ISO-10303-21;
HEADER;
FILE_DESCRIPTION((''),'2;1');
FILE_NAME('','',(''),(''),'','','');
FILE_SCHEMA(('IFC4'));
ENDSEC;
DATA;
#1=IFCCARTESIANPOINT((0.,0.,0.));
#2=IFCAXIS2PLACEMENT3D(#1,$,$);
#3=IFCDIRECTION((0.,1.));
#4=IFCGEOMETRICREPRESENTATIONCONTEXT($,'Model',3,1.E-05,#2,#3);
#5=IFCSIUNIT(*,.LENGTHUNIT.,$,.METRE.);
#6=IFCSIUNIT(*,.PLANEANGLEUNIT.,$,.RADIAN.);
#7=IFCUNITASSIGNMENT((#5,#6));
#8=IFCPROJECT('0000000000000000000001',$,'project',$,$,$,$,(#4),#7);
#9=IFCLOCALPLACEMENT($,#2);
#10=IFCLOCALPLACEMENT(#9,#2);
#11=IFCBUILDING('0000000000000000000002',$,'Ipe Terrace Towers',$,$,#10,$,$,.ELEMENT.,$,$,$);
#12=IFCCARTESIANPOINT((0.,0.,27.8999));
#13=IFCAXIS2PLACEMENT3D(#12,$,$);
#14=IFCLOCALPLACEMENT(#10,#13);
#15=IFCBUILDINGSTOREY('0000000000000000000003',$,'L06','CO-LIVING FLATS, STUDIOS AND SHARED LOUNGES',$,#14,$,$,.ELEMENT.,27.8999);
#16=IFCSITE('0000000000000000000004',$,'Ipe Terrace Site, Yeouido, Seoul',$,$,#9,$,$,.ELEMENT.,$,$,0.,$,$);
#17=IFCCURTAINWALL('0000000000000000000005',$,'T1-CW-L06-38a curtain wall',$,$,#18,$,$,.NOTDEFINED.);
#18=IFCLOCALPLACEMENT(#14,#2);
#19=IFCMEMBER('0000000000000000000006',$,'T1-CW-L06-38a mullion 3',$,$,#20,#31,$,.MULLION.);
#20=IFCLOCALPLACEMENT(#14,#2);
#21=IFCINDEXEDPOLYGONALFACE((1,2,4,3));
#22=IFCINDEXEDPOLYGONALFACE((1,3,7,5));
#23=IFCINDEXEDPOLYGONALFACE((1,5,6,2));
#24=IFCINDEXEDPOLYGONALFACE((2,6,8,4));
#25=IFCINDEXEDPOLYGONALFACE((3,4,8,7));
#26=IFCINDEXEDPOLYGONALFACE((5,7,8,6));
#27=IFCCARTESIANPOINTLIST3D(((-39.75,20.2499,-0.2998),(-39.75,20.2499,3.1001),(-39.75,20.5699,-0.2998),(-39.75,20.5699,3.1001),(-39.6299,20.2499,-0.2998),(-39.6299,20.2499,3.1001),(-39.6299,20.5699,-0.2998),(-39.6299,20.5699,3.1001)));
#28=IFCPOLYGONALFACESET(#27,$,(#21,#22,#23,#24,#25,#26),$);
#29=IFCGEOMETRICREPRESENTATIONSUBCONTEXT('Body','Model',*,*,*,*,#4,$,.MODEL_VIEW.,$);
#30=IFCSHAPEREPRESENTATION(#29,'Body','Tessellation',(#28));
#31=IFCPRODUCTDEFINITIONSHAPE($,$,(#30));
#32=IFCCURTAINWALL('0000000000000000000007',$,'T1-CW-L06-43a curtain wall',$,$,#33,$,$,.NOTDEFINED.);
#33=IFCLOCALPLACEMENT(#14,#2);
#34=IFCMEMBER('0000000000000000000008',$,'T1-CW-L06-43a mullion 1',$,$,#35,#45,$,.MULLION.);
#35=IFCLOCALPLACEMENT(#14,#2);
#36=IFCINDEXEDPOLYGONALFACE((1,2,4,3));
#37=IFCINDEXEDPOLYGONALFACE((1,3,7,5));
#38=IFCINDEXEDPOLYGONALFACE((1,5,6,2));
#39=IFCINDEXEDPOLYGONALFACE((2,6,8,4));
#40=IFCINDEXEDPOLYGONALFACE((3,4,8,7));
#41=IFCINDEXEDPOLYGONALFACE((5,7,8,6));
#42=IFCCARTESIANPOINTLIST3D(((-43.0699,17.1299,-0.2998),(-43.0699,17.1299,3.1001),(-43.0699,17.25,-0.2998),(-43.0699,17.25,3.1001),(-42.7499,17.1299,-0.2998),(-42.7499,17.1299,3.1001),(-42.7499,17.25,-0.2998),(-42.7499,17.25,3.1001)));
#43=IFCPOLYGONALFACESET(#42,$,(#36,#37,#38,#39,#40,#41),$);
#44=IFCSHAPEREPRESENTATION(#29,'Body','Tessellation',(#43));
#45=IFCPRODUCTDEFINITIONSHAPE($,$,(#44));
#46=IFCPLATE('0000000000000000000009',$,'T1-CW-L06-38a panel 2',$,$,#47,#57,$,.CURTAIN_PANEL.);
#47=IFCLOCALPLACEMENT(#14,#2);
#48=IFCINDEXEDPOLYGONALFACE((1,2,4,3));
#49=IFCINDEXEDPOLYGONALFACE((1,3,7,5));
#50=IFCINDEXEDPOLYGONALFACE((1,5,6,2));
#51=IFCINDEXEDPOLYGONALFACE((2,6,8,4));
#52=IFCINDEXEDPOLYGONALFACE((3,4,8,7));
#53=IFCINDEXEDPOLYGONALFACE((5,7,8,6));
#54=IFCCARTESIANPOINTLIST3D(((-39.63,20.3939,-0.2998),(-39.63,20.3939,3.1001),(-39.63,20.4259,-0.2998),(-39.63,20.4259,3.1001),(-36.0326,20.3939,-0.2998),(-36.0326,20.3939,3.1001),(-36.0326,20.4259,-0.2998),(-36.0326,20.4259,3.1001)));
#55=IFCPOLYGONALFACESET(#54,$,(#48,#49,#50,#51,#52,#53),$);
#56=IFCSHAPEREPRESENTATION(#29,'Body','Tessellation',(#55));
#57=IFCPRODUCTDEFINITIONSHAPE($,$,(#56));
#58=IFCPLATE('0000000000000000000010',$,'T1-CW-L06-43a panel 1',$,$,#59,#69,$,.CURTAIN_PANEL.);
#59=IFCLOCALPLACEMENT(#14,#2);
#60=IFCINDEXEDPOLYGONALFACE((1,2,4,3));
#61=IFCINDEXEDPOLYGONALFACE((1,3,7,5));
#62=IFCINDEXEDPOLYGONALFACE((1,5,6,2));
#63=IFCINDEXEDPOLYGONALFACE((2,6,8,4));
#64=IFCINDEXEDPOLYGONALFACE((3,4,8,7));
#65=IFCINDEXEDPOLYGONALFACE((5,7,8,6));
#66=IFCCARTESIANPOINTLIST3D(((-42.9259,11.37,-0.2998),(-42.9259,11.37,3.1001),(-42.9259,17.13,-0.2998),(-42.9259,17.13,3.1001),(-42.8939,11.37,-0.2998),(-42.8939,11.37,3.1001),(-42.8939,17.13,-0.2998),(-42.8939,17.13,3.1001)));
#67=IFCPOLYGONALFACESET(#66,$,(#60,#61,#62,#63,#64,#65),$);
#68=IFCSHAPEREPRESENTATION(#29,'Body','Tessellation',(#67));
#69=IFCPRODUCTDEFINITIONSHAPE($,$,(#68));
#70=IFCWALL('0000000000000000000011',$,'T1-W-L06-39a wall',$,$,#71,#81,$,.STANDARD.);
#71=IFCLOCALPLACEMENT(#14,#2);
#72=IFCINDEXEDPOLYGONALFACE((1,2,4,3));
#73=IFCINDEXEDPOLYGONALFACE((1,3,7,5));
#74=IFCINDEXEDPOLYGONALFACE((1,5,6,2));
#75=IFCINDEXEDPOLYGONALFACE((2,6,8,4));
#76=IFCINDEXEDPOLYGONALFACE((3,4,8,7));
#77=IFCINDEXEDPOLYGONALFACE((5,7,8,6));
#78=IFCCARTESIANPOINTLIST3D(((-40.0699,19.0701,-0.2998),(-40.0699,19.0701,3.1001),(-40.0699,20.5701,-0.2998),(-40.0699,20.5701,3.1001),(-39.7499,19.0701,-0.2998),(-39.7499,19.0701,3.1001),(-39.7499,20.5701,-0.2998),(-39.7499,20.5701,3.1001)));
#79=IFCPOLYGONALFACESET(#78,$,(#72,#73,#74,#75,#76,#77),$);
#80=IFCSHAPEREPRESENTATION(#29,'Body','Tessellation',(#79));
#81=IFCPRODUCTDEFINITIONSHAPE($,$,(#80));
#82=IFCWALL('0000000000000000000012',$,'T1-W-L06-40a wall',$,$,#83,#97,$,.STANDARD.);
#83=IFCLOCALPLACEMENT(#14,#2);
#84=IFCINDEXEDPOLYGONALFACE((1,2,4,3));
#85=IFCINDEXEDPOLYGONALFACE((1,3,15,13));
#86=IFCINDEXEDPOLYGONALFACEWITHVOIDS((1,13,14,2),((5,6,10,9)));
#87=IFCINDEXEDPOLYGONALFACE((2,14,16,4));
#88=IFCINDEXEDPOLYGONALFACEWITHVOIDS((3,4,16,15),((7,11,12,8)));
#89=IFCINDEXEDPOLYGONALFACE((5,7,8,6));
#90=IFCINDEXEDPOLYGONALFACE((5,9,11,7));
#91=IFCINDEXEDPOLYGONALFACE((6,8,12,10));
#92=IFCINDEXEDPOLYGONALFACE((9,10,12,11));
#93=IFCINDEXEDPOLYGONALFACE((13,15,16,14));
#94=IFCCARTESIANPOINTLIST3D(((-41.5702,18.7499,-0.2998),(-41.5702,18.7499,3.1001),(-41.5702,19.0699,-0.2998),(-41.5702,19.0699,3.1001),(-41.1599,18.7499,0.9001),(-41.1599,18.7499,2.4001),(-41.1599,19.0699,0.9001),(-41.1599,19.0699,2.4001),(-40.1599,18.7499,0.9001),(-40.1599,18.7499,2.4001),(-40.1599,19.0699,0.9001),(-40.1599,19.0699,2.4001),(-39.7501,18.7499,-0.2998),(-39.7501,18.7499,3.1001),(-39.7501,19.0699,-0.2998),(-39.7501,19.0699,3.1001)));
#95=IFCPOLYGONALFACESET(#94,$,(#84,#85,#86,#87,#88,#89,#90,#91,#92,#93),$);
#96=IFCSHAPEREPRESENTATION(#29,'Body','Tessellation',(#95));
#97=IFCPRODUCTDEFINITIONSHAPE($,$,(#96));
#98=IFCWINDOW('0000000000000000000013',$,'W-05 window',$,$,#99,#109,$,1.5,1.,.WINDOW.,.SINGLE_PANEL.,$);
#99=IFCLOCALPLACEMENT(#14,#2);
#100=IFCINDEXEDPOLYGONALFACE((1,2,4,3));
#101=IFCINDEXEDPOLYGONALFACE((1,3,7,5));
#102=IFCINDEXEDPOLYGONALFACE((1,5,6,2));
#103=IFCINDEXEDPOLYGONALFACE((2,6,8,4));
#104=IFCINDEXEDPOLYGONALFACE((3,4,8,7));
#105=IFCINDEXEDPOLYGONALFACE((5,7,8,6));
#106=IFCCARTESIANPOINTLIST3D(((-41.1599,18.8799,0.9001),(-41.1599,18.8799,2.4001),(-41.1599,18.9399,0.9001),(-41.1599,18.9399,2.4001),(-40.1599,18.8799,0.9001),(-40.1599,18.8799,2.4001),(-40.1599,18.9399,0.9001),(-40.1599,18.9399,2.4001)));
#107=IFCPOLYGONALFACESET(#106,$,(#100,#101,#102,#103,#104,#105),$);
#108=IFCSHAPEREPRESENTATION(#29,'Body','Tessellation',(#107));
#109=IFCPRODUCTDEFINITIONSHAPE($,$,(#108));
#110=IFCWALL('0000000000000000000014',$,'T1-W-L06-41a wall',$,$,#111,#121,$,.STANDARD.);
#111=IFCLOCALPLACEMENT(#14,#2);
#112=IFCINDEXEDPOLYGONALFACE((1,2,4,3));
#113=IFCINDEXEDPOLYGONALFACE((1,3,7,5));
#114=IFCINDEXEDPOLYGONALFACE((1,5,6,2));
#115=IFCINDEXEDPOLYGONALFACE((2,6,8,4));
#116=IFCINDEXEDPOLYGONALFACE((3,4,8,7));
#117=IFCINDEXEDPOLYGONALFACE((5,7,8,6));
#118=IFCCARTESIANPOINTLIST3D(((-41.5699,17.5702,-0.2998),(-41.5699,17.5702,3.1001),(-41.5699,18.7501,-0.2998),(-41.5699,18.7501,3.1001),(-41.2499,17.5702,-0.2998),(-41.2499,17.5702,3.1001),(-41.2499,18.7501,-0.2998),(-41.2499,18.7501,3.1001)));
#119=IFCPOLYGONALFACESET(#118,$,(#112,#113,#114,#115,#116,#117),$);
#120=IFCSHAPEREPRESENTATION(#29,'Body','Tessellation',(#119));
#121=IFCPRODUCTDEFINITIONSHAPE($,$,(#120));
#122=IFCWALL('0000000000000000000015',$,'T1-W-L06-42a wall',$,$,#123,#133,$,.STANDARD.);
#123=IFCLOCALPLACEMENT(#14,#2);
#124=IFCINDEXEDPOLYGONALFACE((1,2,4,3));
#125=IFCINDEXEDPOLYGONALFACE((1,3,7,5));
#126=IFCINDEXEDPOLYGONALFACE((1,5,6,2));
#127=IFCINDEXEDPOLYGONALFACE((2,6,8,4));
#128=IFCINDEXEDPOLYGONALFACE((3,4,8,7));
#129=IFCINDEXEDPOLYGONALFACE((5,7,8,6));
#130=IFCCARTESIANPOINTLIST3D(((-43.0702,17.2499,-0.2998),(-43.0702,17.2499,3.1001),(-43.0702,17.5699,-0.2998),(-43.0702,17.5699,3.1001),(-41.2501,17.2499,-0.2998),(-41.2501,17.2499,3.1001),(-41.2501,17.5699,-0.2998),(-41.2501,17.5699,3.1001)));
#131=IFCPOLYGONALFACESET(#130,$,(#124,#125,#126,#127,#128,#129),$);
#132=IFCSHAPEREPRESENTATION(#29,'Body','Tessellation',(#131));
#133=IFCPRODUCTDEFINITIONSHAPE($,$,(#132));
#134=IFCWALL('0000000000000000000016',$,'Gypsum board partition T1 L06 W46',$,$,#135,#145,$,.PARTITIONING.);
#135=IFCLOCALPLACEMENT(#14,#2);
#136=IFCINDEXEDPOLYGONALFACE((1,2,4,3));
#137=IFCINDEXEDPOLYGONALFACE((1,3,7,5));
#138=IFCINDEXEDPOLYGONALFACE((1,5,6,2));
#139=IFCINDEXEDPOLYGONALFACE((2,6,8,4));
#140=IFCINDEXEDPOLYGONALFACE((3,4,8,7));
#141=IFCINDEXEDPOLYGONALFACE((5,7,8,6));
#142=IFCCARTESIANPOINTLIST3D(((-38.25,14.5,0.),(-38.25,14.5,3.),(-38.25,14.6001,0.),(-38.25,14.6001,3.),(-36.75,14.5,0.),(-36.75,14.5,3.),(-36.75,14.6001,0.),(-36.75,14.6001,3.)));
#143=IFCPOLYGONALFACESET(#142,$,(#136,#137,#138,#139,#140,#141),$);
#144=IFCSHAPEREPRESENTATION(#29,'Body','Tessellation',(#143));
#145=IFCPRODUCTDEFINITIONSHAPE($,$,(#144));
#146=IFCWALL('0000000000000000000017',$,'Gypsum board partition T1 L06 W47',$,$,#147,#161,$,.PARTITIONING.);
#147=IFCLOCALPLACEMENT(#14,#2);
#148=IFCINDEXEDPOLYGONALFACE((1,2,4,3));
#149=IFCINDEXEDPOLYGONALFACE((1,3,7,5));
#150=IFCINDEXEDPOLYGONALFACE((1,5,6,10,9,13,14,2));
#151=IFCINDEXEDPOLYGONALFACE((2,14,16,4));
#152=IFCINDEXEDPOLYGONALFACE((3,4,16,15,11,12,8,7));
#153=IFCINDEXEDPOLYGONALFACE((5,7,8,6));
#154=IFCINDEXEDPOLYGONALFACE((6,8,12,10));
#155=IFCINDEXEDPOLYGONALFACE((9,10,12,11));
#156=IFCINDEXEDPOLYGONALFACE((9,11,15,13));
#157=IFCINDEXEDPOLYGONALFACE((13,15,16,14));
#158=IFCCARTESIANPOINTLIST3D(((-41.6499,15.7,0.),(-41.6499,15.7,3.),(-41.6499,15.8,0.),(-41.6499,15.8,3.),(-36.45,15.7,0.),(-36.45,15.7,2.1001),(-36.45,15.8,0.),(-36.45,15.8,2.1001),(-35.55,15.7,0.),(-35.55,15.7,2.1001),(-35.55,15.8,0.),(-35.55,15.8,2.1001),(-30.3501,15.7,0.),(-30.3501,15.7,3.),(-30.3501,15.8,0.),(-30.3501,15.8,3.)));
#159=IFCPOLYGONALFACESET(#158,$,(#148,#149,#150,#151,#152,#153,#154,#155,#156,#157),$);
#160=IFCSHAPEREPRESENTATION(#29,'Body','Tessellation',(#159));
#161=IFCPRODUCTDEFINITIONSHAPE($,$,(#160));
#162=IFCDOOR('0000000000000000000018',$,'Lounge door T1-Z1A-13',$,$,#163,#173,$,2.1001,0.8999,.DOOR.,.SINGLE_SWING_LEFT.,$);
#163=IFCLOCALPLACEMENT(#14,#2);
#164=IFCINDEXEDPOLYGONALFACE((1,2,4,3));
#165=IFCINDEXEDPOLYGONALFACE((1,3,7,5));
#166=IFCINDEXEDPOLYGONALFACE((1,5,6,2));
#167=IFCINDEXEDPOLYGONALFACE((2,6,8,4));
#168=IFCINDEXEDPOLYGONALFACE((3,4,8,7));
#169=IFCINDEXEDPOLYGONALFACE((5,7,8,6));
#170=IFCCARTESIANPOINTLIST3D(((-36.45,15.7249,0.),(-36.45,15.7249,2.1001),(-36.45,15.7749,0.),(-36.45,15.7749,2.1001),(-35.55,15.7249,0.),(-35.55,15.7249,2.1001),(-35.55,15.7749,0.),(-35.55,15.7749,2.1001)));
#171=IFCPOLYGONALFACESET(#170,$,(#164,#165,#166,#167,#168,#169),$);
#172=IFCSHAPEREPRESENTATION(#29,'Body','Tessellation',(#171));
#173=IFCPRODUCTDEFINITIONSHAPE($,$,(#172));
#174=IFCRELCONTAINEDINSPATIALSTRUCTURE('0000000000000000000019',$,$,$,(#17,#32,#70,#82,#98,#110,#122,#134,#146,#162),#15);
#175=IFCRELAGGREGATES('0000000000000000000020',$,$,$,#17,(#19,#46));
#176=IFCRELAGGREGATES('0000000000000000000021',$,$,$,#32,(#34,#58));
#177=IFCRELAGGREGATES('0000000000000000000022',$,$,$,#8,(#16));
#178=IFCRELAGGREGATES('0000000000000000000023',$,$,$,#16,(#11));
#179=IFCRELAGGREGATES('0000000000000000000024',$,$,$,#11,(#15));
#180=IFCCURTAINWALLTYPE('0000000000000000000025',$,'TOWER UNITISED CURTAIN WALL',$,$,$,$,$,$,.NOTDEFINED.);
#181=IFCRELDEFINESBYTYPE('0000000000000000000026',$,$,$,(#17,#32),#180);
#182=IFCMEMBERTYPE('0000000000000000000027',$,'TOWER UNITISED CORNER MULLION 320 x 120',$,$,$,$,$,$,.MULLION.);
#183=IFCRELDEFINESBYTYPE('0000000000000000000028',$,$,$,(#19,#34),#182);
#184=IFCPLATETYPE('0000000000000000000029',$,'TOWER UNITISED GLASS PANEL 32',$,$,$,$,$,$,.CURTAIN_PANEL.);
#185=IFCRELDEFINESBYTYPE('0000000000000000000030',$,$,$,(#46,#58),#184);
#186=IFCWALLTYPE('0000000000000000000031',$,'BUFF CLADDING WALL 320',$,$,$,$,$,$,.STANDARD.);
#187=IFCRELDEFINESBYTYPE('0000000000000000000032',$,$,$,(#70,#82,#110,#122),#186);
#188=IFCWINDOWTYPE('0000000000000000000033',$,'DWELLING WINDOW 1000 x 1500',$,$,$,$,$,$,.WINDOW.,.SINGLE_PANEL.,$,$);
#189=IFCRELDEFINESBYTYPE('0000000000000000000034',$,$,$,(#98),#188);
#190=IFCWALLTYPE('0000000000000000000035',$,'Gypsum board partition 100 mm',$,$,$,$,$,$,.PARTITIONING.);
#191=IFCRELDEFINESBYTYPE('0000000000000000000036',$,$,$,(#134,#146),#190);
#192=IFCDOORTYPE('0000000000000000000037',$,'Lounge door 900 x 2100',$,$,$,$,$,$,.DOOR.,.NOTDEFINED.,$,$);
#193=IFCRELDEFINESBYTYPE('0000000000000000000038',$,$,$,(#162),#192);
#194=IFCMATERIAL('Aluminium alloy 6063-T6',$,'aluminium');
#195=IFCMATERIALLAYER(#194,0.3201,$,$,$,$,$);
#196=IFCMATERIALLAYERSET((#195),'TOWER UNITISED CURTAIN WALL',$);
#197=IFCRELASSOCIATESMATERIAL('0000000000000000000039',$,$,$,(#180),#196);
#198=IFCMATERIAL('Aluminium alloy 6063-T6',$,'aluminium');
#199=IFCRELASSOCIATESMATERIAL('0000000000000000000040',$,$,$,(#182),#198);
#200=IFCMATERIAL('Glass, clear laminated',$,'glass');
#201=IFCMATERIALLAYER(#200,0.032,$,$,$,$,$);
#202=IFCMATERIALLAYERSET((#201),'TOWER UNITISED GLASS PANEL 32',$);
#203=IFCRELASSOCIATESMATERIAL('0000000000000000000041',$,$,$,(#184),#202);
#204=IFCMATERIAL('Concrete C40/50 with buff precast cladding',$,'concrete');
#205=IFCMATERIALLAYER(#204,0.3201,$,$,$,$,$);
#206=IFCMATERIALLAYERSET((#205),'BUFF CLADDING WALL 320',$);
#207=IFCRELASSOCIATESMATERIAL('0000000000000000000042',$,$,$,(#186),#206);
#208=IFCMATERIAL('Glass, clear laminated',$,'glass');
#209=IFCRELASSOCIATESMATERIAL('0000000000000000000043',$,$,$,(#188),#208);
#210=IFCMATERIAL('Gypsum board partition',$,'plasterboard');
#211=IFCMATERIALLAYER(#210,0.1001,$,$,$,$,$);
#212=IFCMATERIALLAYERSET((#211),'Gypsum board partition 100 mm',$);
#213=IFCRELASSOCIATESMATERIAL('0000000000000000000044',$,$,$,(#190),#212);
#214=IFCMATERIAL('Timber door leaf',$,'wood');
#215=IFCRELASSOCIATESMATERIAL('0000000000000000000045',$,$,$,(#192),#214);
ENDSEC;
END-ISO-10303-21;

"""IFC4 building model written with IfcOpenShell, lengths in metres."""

from ifc_helpers import new_model, si_unit, direction, frame, frame_2d, origin, origin_2d, place, context, subcontext, project, spatial, rectangle, extrude, material, layer, layer_set, material_profile, profile_set, type_object, element, fill, aggregate, save


model = new_model("IFC4")

# Units and contexts
model_context = context("Model", 3, precision=1e-05, world=origin(), true_north=direction((0.0, 1.0)))
body_context = subcontext(model_context, "Body", "Model", "MODEL_VIEW")
ifc_project = project(units=[si_unit("LENGTHUNIT", "METRE"), si_unit("PLANEANGLEUNIT", "RADIAN")], contexts=[model_context])

# Site, building, storey
site_placement = place(None, origin())
site = spatial("IfcSite", under=ifc_project, at=site_placement, Name="Ipe Terrace Site, Yeouido, Seoul", CompositionType="ELEMENT", RefElevation=0.0)
building_placement = place(site_placement, origin())
building = spatial("IfcBuilding", under=site, at=building_placement, Name="Ipe Terrace Towers", CompositionType="ELEMENT")
storey_placement = place(building_placement, frame((0.0, 0.0, 27.8999)))
storey = spatial("IfcBuildingStorey", under=building, at=storey_placement, Name="L06", Description="CO-LIVING FLATS, STUDIOS AND SHARED LOUNGES", CompositionType="ELEMENT", Elevation=27.8999)

# Curtain walls, members
ifc_material_1 = material(Name="Aluminium alloy 6063-T6", Category="aluminium")
ifc_layer_1 = layer(ifc_material_1, 0.3201)
ifc_layer_set_1 = layer_set([ifc_layer_1], Name="TOWER UNITISED CURTAIN WALL")
curtain_wall_type = type_object("IfcCurtainWallType", Name="TOWER UNITISED CURTAIN WALL", PredefinedType="NOTDEFINED", material=ifc_layer_set_1)
curtain_wall_1_placement = place(storey_placement, origin())
curtain_wall_1 = element("IfcCurtainWall", 1, at=curtain_wall_1_placement, inside=storey, type_object=curtain_wall_type, Name="T1-CW-L06-38a curtain wall", PredefinedType="NOTDEFINED")
ifc_material_2 = material(Name="Aluminium alloy 6063-T6", Category="aluminium")
ifc_material_profile_1 = material_profile(ifc_material_2, rectangle(XDim=0.3201, YDim=0.1201, at=origin_2d()), Name="TOWER UNITISED CORNER MULLION 320 x 120")
ifc_profile_set_1 = profile_set([ifc_material_profile_1], Name="Aluminium alloy 6063-T6")
member_type = type_object("IfcMemberType", Name="TOWER UNITISED CORNER MULLION 320 x 120", PredefinedType="MULLION", material=ifc_profile_set_1)
member_1_placement = place(storey_placement, frame((-39.6899, 20.4099, -0.2998), z_axis=(0.0, 0.0, 1.0), x_axis=(0.0, 1.0, 0.0)))
member_1 = element("IfcMember", 2, at=member_1_placement, type_object=member_type, Name="T1-CW-L06-38a mullion 3", PredefinedType="MULLION", context=body_context, shape_type="SweptSolid", body=[
    extrude(rectangle(XDim=0.3201, YDim=0.1201, at=origin_2d()), origin(), (0.0, 0.0, 1.0), 3.3999),
])
curtain_wall_2_placement = place(storey_placement, origin())
curtain_wall_2 = element("IfcCurtainWall", 3, at=curtain_wall_2_placement, inside=storey, type_object=curtain_wall_type, Name="T1-CW-L06-43a curtain wall", PredefinedType="NOTDEFINED")
member_2_placement = place(storey_placement, frame((-42.9099, 17.1899, -0.2998), z_axis=(0.0, 0.0, 1.0), x_axis=(-1.0, 0.0, 0.0)))
member_2 = element("IfcMember", 4, at=member_2_placement, type_object=member_type, Name="T1-CW-L06-43a mullion 1", PredefinedType="MULLION", context=body_context, shape_type="SweptSolid", body=[
    extrude(rectangle(XDim=0.3201, YDim=0.1201, at=origin_2d()), origin(), (0.0, 0.0, 1.0), 3.3999),
])

# Plates
ifc_material_3 = material(Name="Glass, clear laminated", Category="glass")
ifc_layer_2 = layer(ifc_material_3, 0.032)
ifc_layer_set_2 = layer_set([ifc_layer_2], Name="TOWER UNITISED GLASS PANEL 32")
plate_type = type_object("IfcPlateType", Name="TOWER UNITISED GLASS PANEL 32", PredefinedType="CURTAIN_PANEL", material=ifc_layer_set_2)
plate_1_placement = place(storey_placement, frame((-37.8313, 20.4099, -0.2998), z_axis=(0.0, 0.0, 1.0), x_axis=(-1.0, 0.0, 0.0)))
plate_1 = element("IfcPlate", 5, at=plate_1_placement, type_object=plate_type, Name="T1-CW-L06-38a panel 2", PredefinedType="CURTAIN_PANEL", context=body_context, shape_type="SweptSolid", body=[
    extrude(rectangle(XDim=3.5974, YDim=0.032, at=origin_2d()), origin(), (0.0, 0.0, 1.0), 3.3999),
])
aggregate(curtain_wall_1, [member_1, plate_1])
plate_2_placement = place(storey_placement, frame((-42.9099, 14.25, -0.2998), z_axis=(0.0, 0.0, 1.0), x_axis=(0.0, -1.0, 0.0)))
plate_2 = element("IfcPlate", 6, at=plate_2_placement, type_object=plate_type, Name="T1-CW-L06-43a panel 1", PredefinedType="CURTAIN_PANEL", context=body_context, shape_type="SweptSolid", body=[
    extrude(rectangle(XDim=5.76, YDim=0.032, at=origin_2d()), origin(), (0.0, 0.0, 1.0), 3.3999),
])
aggregate(curtain_wall_2, [member_2, plate_2])

# Wall
ifc_material_4 = material(Name="Concrete C40/50 with buff precast cladding", Category="concrete")
ifc_layer_3 = layer(ifc_material_4, 0.3201)
ifc_layer_set_3 = layer_set([ifc_layer_3], Name="BUFF CLADDING WALL 320")
wall_type_1 = type_object("IfcWallType", Name="BUFF CLADDING WALL 320", PredefinedType="STANDARD", material=ifc_layer_set_3)
wall_1_placement = place(storey_placement, frame((-39.9099, 20.5701, -0.2998), z_axis=(0.0, 0.0, 1.0), x_axis=(0.0, -1.0, 0.0)))
element("IfcWall", 7, at=wall_1_placement, inside=storey, type_object=wall_type_1, Name="T1-W-L06-39a wall", PredefinedType="STANDARD", context=body_context, shape_type="SweptSolid", body=[
    extrude(rectangle(XDim=1.5, YDim=0.3201, at=frame_2d((0.75, 0.0))), origin(), (0.0, 0.0, 1.0), 3.3999),
])

# Wall, opening, window
wall_2_placement = place(storey_placement, frame((-39.75, 18.9099, -0.2998), z_axis=(0.0, 0.0, 1.0), x_axis=(-1.0, 0.0, 0.0)))
wall_2 = element("IfcWall", 8, at=wall_2_placement, inside=storey, type_object=wall_type_1, Name="T1-W-L06-40a wall", PredefinedType="STANDARD", context=body_context, shape_type="SweptSolid", body=[
    extrude(rectangle(XDim=1.8201, YDim=0.3201, at=frame_2d((0.9102, 0.0))), origin(), (0.0, 0.0, 1.0), 3.3999),
])
opening_1_placement = place(wall_2_placement, frame((0.4099, 0.0, 1.2)))
opening_1 = element("IfcOpeningElement", 9, at=opening_1_placement, cuts=wall_2, PredefinedType="OPENING", context=body_context, shape_type="SweptSolid", body=[
    extrude(rectangle(XDim=1.0, YDim=1.5, at=frame_2d((0.5, 0.75))), frame((0.0, 0.1699, 0.0), z_axis=(0.0, -1.0, 0.0), x_axis=(1.0, 0.0, 0.0)), (0.0, 0.0, 1.0), 0.3401),
])
ifc_material_5 = material(Name="Glass, clear laminated", Category="glass")
window_type = type_object("IfcWindowType", Name="DWELLING WINDOW 1000 x 1500", PartitioningType="SINGLE_PANEL", PredefinedType="WINDOW", material=ifc_material_5)
window_placement = place(opening_1_placement, origin())
window = element("IfcWindow", 10, at=window_placement, inside=storey, type_object=window_type, Name="W-05 window", OverallHeight=1.5, OverallWidth=1.0, PartitioningType="SINGLE_PANEL", PredefinedType="WINDOW", context=body_context, shape_type="SweptSolid", body=[
    extrude(rectangle(XDim=1.0, YDim=1.5, at=frame_2d((0.5, 0.75))), frame((0.0, 0.03, 0.0), z_axis=(0.0, -1.0, 0.0), x_axis=(1.0, 0.0, 0.0)), (0.0, 0.0, 1.0), 0.0601),
])
fill(opening_1, window)

# Walls
wall_3_placement = place(storey_placement, frame((-41.4099, 18.75, -0.2998), z_axis=(0.0, 0.0, 1.0), x_axis=(0.0, -1.0, 0.0)))
element("IfcWall", 11, at=wall_3_placement, inside=storey, type_object=wall_type_1, Name="T1-W-L06-41a wall", PredefinedType="STANDARD", context=body_context, shape_type="SweptSolid", body=[
    extrude(rectangle(XDim=1.1799, YDim=0.3201, at=frame_2d((0.5898, 0.0))), origin(), (0.0, 0.0, 1.0), 3.3999),
])
wall_4_placement = place(storey_placement, frame((-41.25, 17.4099, -0.2998), z_axis=(0.0, 0.0, 1.0), x_axis=(-1.0, 0.0, 0.0)))
element("IfcWall", 12, at=wall_4_placement, inside=storey, type_object=wall_type_1, Name="T1-W-L06-42a wall", PredefinedType="STANDARD", context=body_context, shape_type="SweptSolid", body=[
    extrude(rectangle(XDim=1.8201, YDim=0.3201, at=frame_2d((0.9102, 0.0))), origin(), (0.0, 0.0, 1.0), 3.3999),
])
ifc_material_6 = material(Name="Gypsum board partition", Category="plasterboard")
ifc_layer_4 = layer(ifc_material_6, 0.1001)
ifc_layer_set_4 = layer_set([ifc_layer_4], Name="Gypsum board partition 100 mm")
wall_type_2 = type_object("IfcWallType", Name="Gypsum board partition 100 mm", PredefinedType="PARTITIONING", material=ifc_layer_set_4)
wall_5_placement = place(storey_placement, frame((-38.25, 14.55, 0.0), z_axis=(0.0, 0.0, 1.0), x_axis=(1.0, 0.0, 0.0)))
element("IfcWall", 13, at=wall_5_placement, inside=storey, type_object=wall_type_2, Name="Gypsum board partition T1 L06 W46", PredefinedType="PARTITIONING", context=body_context, shape_type="SweptSolid", body=[
    extrude(rectangle(XDim=1.5, YDim=0.1001, at=frame_2d((0.75, 0.0))), origin(), (0.0, 0.0, 1.0), 3.0),
])

# Wall, opening, door
wall_6_placement = place(storey_placement, frame((-41.6499, 15.75, 0.0), z_axis=(0.0, 0.0, 1.0), x_axis=(1.0, 0.0, 0.0)))
wall_6 = element("IfcWall", 14, at=wall_6_placement, inside=storey, type_object=wall_type_2, Name="Gypsum board partition T1 L06 W47", PredefinedType="PARTITIONING", context=body_context, shape_type="SweptSolid", body=[
    extrude(rectangle(XDim=11.2998, YDim=0.1001, at=frame_2d((5.6499, 0.0))), origin(), (0.0, 0.0, 1.0), 3.0),
])
opening_2_placement = place(wall_6_placement, frame((5.2, 0.0, 0.0)))
opening_2 = element("IfcOpeningElement", 15, at=opening_2_placement, cuts=wall_6, PredefinedType="OPENING", context=body_context, shape_type="SweptSolid", body=[
    extrude(rectangle(XDim=0.8999, YDim=2.1001, at=frame_2d((0.45, 1.05))), frame((0.0, 0.0601, 0.0), z_axis=(0.0, -1.0, 0.0), x_axis=(1.0, 0.0, 0.0)), (0.0, 0.0, 1.0), 0.1201),
])
ifc_material_7 = material(Name="Timber door leaf", Category="wood")
door_type = type_object("IfcDoorType", Name="Lounge door 900 x 2100", OperationType="NOTDEFINED", PredefinedType="DOOR", material=ifc_material_7)
door_placement = place(opening_2_placement, origin())
door = element("IfcDoor", 16, at=door_placement, inside=storey, type_object=door_type, Name="Lounge door T1-Z1A-13", OperationType="SINGLE_SWING_LEFT", OverallHeight=2.1001, OverallWidth=0.8999, PredefinedType="DOOR", context=body_context, shape_type="SweptSolid", body=[
    extrude(rectangle(XDim=0.8999, YDim=2.1001, at=frame_2d((0.45, 1.05))), frame((0.0, 0.0249, 0.0), z_axis=(0.0, -1.0, 0.0), x_axis=(1.0, 0.0, 0.0)), (0.0, 0.0, 1.0), 0.05),
])
fill(opening_2, door)

save(model, "model.ifc")
